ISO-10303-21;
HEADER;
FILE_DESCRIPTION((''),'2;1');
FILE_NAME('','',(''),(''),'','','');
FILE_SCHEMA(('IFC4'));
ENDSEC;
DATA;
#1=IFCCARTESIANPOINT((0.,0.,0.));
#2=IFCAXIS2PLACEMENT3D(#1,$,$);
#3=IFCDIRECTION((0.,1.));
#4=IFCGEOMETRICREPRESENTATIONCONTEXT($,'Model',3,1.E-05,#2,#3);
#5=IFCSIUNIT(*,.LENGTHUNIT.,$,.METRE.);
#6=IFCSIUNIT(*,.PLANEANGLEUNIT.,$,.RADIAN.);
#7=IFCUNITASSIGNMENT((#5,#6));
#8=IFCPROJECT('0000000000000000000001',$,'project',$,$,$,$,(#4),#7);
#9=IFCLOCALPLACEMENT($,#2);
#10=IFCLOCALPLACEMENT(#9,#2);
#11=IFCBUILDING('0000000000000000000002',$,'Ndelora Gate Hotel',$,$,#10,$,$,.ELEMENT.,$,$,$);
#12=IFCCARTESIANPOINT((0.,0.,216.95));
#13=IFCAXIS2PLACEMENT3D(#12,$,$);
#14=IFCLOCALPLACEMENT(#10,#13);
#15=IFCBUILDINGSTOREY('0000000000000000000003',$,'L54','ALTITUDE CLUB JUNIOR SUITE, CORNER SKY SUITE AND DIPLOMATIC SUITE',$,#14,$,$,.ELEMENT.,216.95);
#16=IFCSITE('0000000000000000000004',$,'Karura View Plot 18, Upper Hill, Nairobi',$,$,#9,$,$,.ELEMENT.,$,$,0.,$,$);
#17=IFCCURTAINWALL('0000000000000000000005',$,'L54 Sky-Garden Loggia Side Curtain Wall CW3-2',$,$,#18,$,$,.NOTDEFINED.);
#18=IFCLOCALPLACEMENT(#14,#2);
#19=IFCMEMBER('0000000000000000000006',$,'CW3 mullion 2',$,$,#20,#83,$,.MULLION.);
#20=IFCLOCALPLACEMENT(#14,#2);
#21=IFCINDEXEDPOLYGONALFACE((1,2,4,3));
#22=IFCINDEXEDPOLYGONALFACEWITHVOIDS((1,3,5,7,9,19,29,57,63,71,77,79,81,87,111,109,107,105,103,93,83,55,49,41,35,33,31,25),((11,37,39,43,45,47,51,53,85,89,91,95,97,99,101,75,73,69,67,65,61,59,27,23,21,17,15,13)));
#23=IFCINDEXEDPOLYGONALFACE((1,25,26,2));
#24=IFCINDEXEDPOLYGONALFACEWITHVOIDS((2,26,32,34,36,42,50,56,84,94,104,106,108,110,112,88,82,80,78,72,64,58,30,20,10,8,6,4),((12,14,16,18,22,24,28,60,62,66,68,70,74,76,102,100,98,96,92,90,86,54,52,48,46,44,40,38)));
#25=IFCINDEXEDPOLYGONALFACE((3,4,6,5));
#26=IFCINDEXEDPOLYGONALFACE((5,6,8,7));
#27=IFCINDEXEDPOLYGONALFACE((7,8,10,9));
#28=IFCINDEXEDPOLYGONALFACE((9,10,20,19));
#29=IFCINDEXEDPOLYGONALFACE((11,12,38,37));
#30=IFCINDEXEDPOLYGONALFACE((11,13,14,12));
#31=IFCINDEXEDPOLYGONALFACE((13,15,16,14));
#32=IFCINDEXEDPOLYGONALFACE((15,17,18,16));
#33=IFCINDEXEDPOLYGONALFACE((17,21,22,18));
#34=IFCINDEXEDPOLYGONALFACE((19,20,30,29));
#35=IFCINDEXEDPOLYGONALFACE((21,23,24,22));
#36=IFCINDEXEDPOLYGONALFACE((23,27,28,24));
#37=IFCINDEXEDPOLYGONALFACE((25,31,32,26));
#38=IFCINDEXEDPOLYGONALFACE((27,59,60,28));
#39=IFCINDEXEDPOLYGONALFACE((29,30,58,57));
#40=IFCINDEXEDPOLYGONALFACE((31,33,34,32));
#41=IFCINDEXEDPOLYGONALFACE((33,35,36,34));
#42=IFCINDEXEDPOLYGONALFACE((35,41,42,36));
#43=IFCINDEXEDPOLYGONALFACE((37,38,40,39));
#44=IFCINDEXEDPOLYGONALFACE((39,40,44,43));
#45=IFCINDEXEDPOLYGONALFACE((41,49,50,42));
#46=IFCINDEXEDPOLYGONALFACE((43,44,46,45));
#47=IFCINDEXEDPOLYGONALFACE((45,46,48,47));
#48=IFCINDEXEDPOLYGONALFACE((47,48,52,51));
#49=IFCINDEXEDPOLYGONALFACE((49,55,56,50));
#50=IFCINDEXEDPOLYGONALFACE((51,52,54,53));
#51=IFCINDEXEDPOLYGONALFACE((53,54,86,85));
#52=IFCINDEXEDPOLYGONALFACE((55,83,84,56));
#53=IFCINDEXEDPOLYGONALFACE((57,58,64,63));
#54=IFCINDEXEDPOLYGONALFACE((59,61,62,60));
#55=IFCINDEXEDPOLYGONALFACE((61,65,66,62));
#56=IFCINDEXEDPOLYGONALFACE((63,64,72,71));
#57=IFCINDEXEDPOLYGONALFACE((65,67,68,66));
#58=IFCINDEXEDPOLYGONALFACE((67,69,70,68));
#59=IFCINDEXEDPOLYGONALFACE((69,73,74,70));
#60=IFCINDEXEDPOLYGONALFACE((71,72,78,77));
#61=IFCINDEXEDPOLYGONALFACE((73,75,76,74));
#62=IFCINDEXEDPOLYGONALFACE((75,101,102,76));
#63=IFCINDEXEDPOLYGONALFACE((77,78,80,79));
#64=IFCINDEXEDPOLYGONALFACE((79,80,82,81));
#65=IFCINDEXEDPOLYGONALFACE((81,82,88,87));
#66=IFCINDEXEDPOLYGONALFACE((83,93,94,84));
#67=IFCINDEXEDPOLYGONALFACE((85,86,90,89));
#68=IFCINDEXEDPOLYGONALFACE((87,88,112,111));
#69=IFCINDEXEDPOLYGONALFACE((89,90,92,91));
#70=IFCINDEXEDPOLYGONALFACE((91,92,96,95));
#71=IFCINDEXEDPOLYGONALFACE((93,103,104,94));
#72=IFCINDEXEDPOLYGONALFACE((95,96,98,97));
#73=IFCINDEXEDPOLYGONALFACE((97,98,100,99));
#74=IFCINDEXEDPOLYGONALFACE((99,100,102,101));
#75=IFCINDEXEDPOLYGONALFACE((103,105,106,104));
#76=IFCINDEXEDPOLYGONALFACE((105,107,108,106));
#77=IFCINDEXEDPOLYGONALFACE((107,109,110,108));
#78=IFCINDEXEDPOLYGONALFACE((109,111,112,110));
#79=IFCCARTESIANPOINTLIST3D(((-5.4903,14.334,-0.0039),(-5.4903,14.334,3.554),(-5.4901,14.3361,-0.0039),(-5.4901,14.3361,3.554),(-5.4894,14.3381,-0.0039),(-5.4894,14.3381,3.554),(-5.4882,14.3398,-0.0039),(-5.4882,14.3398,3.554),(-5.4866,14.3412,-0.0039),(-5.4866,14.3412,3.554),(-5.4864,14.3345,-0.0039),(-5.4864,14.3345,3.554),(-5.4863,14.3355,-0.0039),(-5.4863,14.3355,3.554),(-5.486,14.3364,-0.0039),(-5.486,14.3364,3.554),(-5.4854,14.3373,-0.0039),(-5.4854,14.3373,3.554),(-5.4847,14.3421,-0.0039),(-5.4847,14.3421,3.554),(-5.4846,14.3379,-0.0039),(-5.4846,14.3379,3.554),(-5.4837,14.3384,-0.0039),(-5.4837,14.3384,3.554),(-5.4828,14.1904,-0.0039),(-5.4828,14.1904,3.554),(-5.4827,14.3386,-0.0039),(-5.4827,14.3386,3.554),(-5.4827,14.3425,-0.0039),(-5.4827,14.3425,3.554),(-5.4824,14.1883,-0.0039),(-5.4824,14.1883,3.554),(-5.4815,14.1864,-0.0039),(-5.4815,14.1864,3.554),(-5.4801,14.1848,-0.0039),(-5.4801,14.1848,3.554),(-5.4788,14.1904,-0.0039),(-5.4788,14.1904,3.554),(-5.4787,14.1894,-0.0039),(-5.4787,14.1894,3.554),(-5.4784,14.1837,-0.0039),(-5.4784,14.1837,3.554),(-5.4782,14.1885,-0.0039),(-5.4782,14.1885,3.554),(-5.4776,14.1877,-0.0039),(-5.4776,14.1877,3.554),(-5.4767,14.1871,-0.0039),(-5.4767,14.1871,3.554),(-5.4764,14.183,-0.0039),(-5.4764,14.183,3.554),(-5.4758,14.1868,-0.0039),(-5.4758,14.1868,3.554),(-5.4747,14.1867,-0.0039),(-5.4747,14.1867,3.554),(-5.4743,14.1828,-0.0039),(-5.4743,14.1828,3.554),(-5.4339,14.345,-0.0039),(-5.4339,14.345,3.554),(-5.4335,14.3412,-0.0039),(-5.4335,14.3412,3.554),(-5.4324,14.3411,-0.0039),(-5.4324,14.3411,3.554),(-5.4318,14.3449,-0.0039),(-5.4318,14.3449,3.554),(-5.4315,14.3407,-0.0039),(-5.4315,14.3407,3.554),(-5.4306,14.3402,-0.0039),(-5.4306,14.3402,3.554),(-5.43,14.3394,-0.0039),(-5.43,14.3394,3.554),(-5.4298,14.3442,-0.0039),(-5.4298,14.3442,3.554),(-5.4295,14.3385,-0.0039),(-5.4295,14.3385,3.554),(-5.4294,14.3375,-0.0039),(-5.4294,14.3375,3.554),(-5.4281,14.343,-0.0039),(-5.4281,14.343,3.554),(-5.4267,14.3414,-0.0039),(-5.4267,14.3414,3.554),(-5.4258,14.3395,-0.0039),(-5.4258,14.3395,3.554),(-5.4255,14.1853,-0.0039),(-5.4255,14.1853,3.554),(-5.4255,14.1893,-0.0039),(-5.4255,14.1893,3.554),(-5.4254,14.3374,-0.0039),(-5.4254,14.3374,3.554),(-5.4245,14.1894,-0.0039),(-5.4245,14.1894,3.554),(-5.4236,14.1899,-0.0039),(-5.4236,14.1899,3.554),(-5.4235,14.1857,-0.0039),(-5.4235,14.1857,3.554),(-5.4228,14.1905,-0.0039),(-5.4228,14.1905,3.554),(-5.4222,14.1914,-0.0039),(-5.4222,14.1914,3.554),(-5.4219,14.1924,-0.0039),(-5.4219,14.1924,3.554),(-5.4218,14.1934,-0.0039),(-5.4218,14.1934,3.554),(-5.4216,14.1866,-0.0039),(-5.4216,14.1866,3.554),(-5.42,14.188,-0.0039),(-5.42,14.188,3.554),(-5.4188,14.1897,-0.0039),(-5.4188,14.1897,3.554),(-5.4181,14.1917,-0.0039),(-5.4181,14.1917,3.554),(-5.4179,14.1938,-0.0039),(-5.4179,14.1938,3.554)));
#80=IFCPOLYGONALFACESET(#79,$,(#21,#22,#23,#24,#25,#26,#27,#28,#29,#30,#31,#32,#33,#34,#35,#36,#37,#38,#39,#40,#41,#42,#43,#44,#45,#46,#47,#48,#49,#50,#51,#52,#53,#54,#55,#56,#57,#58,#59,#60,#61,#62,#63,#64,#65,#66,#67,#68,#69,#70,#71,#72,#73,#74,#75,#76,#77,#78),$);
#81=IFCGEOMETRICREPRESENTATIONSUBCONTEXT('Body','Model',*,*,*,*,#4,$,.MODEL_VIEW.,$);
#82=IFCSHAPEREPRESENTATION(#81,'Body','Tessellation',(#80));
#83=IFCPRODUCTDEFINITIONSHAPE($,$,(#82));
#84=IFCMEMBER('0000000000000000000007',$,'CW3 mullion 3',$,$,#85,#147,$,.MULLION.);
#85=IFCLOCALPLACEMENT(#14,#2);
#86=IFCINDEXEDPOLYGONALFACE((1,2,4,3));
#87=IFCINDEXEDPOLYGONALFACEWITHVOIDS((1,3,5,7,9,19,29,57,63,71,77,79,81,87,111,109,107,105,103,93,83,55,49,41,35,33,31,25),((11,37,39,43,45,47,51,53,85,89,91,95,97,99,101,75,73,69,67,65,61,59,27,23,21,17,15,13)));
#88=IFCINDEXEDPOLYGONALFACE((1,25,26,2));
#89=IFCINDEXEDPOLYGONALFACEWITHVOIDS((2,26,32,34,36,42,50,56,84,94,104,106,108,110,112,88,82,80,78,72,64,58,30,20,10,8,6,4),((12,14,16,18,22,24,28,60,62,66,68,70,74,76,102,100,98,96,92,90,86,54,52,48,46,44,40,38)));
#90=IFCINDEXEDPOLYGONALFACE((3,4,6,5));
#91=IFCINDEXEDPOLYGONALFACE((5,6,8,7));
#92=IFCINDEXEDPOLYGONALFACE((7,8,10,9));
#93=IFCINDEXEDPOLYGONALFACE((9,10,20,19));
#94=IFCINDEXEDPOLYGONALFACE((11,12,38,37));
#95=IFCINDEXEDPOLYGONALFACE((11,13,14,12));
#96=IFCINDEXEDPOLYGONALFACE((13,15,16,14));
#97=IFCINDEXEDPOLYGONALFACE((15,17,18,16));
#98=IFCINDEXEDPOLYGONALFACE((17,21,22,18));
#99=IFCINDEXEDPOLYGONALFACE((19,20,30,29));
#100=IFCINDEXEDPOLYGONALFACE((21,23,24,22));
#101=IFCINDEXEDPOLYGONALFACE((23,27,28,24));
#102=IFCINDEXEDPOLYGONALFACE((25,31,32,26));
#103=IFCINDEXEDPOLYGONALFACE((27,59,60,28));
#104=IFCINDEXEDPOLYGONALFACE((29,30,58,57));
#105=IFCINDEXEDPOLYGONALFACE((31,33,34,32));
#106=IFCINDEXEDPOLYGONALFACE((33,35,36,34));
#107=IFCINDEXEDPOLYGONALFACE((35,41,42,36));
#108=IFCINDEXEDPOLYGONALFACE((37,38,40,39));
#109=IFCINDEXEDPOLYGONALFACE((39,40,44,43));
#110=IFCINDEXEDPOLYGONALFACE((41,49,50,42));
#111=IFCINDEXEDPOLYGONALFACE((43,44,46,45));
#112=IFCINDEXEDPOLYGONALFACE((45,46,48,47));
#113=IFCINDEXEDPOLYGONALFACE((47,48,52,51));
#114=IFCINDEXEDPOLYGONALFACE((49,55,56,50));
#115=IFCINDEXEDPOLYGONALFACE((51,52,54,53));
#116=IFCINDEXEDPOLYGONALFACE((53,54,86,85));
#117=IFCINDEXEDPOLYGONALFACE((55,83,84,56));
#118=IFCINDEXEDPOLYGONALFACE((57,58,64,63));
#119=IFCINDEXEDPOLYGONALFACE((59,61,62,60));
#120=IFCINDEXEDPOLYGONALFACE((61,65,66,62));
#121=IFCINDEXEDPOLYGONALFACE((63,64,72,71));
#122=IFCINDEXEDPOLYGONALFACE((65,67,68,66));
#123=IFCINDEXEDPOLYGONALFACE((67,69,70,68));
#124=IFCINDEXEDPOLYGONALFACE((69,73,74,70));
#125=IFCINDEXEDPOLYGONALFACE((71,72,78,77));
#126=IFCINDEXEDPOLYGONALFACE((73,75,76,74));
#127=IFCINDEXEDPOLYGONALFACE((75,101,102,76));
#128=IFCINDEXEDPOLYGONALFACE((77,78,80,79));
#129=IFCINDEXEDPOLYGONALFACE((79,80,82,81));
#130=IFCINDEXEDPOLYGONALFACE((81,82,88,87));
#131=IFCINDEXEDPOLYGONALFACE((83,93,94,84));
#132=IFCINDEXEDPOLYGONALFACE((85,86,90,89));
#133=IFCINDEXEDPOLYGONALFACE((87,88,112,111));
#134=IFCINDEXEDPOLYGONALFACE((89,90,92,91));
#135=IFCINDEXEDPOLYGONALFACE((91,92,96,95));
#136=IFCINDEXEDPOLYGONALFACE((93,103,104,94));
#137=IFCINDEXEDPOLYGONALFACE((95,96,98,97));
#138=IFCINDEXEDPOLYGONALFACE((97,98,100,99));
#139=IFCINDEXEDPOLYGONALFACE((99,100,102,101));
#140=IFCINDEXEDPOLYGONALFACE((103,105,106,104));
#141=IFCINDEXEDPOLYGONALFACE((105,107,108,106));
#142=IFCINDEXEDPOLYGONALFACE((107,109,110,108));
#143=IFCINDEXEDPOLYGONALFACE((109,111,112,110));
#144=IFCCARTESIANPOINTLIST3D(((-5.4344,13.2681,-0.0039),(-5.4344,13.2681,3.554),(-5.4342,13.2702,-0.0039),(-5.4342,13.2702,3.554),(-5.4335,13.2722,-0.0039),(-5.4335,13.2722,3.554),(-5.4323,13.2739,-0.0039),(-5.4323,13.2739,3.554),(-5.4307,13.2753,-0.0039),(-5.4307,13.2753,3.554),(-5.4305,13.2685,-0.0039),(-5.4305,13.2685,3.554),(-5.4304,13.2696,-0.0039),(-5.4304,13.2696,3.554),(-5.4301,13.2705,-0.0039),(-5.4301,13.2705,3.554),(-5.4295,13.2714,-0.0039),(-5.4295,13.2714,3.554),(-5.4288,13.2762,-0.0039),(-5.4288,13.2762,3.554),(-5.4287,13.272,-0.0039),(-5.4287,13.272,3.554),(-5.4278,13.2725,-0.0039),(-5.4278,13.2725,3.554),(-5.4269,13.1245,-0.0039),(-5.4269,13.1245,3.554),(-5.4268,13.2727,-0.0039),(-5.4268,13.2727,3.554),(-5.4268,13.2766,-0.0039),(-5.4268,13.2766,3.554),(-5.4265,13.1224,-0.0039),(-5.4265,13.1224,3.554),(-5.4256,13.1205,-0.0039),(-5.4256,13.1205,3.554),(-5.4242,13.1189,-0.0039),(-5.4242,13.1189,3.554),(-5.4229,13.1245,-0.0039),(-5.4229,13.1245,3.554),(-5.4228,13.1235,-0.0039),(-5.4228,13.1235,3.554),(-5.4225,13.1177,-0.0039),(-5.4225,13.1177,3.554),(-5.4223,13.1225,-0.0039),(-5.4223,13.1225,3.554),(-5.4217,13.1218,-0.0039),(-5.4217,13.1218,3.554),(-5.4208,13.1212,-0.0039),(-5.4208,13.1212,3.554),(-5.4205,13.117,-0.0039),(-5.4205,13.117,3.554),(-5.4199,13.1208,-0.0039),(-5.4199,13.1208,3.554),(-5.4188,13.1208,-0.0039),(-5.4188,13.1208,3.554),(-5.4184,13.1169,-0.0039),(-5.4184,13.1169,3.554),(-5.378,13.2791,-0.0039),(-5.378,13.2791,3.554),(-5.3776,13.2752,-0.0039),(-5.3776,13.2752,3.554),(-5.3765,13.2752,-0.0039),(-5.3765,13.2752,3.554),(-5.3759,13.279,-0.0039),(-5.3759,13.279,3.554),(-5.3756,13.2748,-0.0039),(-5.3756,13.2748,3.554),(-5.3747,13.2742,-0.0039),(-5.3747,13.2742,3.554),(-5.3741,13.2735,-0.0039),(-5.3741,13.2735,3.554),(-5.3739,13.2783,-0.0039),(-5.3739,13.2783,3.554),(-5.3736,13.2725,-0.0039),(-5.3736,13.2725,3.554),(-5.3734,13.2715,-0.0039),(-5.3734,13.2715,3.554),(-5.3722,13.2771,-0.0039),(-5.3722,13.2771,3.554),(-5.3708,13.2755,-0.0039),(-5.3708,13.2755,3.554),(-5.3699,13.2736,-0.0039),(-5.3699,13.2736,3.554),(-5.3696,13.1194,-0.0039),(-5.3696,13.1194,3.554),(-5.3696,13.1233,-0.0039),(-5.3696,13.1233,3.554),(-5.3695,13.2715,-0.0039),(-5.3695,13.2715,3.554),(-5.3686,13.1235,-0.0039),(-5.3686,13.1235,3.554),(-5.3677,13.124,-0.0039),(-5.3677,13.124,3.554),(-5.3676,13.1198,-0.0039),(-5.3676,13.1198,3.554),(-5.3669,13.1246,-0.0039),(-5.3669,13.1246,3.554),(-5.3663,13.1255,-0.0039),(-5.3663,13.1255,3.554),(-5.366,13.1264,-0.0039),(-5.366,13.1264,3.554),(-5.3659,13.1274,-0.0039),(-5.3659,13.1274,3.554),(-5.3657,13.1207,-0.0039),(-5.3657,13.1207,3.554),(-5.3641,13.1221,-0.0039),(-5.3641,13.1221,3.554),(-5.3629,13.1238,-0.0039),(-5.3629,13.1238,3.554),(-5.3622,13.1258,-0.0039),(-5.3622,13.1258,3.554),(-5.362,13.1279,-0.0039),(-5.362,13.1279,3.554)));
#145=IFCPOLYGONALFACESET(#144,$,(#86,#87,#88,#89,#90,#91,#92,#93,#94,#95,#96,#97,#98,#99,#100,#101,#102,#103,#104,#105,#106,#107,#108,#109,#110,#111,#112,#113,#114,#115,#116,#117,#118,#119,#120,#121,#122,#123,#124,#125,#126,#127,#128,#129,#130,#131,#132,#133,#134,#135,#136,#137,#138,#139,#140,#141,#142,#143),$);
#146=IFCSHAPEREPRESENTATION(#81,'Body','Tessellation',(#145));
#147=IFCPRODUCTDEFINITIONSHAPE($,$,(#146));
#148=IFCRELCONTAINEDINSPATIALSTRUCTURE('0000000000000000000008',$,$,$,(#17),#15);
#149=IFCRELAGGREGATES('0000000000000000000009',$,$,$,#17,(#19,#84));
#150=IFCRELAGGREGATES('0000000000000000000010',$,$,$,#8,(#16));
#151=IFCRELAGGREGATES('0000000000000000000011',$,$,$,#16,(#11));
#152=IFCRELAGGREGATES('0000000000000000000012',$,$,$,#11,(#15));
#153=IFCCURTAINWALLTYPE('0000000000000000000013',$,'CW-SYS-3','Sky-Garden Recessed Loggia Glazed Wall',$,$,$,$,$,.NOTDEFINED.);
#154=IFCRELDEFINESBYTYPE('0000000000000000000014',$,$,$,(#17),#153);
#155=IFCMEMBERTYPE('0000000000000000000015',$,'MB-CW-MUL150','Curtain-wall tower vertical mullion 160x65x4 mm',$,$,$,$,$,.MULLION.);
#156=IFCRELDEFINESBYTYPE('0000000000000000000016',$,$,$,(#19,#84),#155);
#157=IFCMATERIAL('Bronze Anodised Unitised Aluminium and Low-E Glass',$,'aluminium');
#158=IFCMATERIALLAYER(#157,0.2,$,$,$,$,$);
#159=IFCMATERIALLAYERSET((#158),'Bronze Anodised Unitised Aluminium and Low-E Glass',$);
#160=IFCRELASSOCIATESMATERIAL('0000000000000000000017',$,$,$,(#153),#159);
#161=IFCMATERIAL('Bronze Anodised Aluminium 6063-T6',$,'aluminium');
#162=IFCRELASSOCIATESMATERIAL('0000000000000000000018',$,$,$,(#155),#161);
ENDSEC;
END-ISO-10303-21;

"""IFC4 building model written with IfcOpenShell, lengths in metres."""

from ifc_helpers import new_model, si_unit, direction, frame, origin, origin_2d, place, context, subcontext, project, spatial, hollow_rectangle, extrude, material, layer, layer_set, material_profile, profile_set, type_object, element, aggregate, save


model = new_model("IFC4")

# Units and contexts
model_context = context("Model", 3, precision=1e-05, world=origin(), true_north=direction((0.0, 1.0)))
body_context = subcontext(model_context, "Body", "Model", "MODEL_VIEW")
ifc_project = project(units=[si_unit("LENGTHUNIT", "METRE"), si_unit("PLANEANGLEUNIT", "RADIAN")], contexts=[model_context])

# Site, building, storey
site_placement = place(None, origin())
site = spatial("IfcSite", under=ifc_project, at=site_placement, Name="Karura View Plot 18, Upper Hill, Nairobi", CompositionType="ELEMENT", RefElevation=0.0)
building_placement = place(site_placement, origin())
building = spatial("IfcBuilding", under=site, at=building_placement, Name="Ndelora Gate Hotel", CompositionType="ELEMENT")
storey_placement = place(building_placement, frame((0.0, 0.0, 216.95)))
storey = spatial("IfcBuildingStorey", under=building, at=storey_placement, Name="L54", Description="ALTITUDE CLUB JUNIOR SUITE, CORNER SKY SUITE AND DIPLOMATIC SUITE", CompositionType="ELEMENT", Elevation=216.95)

# Curtain wall, members
ifc_material_1 = material(Name="Bronze Anodised Unitised Aluminium and Low-E Glass", Category="aluminium")
ifc_layer_1 = layer(ifc_material_1, 0.2)
ifc_layer_set_1 = layer_set([ifc_layer_1], Name="Bronze Anodised Unitised Aluminium and Low-E Glass")
curtain_wall_type = type_object("IfcCurtainWallType", Name="CW-SYS-3", Description="Sky-Garden Recessed Loggia Glazed Wall", PredefinedType="NOTDEFINED", material=ifc_layer_set_1)
curtain_wall_placement = place(storey_placement, origin())
curtain_wall = element("IfcCurtainWall", 1, at=curtain_wall_placement, inside=storey, type_object=curtain_wall_type, Name="L54 Sky-Garden Loggia Side Curtain Wall CW3-2", PredefinedType="NOTDEFINED")
ifc_material_2 = material(Name="Bronze Anodised Aluminium 6063-T6", Category="aluminium")
ifc_material_profile_1 = material_profile(ifc_material_2, hollow_rectangle(XDim=0.0649, YDim=0.1599, WallThickness=0.0039, InnerFilletRadius=0.0039, OuterFilletRadius=0.0081, at=origin_2d()), Name="ALU 160x65x4")
ifc_profile_set_1 = profile_set([ifc_material_profile_1], Name="Bronze Anodised Aluminium 6063-T6")
member_type_1 = type_object("IfcMemberType", Name="MB-CW-MUL150", Description="Curtain-wall tower vertical mullion 160x65x4 mm", PredefinedType="MULLION", material=ifc_profile_set_1)
member_1_placement = place(storey_placement, frame((-5.4541, 14.2639, -0.0039), z_axis=(0.0, 0.0, 1.0), x_axis=(0.998628, 0.052363, 0.0)))
member_1 = element("IfcMember", 2, at=member_1_placement, type_object=member_type_1, Name="CW3 mullion 2", PredefinedType="MULLION", context=body_context, shape_type="SweptSolid", body=[
    extrude(hollow_rectangle(XDim=0.0649, YDim=0.1599, WallThickness=0.0039, InnerFilletRadius=0.0039, OuterFilletRadius=0.0081, at=origin_2d()), origin(), (0.0, 0.0, 1.0), 3.5579),
])
member_2_placement = place(storey_placement, frame((-5.3982, 13.198, -0.0039), z_axis=(0.0, 0.0, 1.0), x_axis=(0.998628, 0.052363, 0.0)))
member_2 = element("IfcMember", 3, at=member_2_placement, type_object=member_type_1, Name="CW3 mullion 3", PredefinedType="MULLION", context=body_context, shape_type="SweptSolid", body=[
    extrude(hollow_rectangle(XDim=0.0649, YDim=0.1599, WallThickness=0.0039, InnerFilletRadius=0.0039, OuterFilletRadius=0.0081, at=origin_2d()), origin(), (0.0, 0.0, 1.0), 3.5579),
])
aggregate(curtain_wall, [member_1, member_2])

save(model, "model.ifc")
